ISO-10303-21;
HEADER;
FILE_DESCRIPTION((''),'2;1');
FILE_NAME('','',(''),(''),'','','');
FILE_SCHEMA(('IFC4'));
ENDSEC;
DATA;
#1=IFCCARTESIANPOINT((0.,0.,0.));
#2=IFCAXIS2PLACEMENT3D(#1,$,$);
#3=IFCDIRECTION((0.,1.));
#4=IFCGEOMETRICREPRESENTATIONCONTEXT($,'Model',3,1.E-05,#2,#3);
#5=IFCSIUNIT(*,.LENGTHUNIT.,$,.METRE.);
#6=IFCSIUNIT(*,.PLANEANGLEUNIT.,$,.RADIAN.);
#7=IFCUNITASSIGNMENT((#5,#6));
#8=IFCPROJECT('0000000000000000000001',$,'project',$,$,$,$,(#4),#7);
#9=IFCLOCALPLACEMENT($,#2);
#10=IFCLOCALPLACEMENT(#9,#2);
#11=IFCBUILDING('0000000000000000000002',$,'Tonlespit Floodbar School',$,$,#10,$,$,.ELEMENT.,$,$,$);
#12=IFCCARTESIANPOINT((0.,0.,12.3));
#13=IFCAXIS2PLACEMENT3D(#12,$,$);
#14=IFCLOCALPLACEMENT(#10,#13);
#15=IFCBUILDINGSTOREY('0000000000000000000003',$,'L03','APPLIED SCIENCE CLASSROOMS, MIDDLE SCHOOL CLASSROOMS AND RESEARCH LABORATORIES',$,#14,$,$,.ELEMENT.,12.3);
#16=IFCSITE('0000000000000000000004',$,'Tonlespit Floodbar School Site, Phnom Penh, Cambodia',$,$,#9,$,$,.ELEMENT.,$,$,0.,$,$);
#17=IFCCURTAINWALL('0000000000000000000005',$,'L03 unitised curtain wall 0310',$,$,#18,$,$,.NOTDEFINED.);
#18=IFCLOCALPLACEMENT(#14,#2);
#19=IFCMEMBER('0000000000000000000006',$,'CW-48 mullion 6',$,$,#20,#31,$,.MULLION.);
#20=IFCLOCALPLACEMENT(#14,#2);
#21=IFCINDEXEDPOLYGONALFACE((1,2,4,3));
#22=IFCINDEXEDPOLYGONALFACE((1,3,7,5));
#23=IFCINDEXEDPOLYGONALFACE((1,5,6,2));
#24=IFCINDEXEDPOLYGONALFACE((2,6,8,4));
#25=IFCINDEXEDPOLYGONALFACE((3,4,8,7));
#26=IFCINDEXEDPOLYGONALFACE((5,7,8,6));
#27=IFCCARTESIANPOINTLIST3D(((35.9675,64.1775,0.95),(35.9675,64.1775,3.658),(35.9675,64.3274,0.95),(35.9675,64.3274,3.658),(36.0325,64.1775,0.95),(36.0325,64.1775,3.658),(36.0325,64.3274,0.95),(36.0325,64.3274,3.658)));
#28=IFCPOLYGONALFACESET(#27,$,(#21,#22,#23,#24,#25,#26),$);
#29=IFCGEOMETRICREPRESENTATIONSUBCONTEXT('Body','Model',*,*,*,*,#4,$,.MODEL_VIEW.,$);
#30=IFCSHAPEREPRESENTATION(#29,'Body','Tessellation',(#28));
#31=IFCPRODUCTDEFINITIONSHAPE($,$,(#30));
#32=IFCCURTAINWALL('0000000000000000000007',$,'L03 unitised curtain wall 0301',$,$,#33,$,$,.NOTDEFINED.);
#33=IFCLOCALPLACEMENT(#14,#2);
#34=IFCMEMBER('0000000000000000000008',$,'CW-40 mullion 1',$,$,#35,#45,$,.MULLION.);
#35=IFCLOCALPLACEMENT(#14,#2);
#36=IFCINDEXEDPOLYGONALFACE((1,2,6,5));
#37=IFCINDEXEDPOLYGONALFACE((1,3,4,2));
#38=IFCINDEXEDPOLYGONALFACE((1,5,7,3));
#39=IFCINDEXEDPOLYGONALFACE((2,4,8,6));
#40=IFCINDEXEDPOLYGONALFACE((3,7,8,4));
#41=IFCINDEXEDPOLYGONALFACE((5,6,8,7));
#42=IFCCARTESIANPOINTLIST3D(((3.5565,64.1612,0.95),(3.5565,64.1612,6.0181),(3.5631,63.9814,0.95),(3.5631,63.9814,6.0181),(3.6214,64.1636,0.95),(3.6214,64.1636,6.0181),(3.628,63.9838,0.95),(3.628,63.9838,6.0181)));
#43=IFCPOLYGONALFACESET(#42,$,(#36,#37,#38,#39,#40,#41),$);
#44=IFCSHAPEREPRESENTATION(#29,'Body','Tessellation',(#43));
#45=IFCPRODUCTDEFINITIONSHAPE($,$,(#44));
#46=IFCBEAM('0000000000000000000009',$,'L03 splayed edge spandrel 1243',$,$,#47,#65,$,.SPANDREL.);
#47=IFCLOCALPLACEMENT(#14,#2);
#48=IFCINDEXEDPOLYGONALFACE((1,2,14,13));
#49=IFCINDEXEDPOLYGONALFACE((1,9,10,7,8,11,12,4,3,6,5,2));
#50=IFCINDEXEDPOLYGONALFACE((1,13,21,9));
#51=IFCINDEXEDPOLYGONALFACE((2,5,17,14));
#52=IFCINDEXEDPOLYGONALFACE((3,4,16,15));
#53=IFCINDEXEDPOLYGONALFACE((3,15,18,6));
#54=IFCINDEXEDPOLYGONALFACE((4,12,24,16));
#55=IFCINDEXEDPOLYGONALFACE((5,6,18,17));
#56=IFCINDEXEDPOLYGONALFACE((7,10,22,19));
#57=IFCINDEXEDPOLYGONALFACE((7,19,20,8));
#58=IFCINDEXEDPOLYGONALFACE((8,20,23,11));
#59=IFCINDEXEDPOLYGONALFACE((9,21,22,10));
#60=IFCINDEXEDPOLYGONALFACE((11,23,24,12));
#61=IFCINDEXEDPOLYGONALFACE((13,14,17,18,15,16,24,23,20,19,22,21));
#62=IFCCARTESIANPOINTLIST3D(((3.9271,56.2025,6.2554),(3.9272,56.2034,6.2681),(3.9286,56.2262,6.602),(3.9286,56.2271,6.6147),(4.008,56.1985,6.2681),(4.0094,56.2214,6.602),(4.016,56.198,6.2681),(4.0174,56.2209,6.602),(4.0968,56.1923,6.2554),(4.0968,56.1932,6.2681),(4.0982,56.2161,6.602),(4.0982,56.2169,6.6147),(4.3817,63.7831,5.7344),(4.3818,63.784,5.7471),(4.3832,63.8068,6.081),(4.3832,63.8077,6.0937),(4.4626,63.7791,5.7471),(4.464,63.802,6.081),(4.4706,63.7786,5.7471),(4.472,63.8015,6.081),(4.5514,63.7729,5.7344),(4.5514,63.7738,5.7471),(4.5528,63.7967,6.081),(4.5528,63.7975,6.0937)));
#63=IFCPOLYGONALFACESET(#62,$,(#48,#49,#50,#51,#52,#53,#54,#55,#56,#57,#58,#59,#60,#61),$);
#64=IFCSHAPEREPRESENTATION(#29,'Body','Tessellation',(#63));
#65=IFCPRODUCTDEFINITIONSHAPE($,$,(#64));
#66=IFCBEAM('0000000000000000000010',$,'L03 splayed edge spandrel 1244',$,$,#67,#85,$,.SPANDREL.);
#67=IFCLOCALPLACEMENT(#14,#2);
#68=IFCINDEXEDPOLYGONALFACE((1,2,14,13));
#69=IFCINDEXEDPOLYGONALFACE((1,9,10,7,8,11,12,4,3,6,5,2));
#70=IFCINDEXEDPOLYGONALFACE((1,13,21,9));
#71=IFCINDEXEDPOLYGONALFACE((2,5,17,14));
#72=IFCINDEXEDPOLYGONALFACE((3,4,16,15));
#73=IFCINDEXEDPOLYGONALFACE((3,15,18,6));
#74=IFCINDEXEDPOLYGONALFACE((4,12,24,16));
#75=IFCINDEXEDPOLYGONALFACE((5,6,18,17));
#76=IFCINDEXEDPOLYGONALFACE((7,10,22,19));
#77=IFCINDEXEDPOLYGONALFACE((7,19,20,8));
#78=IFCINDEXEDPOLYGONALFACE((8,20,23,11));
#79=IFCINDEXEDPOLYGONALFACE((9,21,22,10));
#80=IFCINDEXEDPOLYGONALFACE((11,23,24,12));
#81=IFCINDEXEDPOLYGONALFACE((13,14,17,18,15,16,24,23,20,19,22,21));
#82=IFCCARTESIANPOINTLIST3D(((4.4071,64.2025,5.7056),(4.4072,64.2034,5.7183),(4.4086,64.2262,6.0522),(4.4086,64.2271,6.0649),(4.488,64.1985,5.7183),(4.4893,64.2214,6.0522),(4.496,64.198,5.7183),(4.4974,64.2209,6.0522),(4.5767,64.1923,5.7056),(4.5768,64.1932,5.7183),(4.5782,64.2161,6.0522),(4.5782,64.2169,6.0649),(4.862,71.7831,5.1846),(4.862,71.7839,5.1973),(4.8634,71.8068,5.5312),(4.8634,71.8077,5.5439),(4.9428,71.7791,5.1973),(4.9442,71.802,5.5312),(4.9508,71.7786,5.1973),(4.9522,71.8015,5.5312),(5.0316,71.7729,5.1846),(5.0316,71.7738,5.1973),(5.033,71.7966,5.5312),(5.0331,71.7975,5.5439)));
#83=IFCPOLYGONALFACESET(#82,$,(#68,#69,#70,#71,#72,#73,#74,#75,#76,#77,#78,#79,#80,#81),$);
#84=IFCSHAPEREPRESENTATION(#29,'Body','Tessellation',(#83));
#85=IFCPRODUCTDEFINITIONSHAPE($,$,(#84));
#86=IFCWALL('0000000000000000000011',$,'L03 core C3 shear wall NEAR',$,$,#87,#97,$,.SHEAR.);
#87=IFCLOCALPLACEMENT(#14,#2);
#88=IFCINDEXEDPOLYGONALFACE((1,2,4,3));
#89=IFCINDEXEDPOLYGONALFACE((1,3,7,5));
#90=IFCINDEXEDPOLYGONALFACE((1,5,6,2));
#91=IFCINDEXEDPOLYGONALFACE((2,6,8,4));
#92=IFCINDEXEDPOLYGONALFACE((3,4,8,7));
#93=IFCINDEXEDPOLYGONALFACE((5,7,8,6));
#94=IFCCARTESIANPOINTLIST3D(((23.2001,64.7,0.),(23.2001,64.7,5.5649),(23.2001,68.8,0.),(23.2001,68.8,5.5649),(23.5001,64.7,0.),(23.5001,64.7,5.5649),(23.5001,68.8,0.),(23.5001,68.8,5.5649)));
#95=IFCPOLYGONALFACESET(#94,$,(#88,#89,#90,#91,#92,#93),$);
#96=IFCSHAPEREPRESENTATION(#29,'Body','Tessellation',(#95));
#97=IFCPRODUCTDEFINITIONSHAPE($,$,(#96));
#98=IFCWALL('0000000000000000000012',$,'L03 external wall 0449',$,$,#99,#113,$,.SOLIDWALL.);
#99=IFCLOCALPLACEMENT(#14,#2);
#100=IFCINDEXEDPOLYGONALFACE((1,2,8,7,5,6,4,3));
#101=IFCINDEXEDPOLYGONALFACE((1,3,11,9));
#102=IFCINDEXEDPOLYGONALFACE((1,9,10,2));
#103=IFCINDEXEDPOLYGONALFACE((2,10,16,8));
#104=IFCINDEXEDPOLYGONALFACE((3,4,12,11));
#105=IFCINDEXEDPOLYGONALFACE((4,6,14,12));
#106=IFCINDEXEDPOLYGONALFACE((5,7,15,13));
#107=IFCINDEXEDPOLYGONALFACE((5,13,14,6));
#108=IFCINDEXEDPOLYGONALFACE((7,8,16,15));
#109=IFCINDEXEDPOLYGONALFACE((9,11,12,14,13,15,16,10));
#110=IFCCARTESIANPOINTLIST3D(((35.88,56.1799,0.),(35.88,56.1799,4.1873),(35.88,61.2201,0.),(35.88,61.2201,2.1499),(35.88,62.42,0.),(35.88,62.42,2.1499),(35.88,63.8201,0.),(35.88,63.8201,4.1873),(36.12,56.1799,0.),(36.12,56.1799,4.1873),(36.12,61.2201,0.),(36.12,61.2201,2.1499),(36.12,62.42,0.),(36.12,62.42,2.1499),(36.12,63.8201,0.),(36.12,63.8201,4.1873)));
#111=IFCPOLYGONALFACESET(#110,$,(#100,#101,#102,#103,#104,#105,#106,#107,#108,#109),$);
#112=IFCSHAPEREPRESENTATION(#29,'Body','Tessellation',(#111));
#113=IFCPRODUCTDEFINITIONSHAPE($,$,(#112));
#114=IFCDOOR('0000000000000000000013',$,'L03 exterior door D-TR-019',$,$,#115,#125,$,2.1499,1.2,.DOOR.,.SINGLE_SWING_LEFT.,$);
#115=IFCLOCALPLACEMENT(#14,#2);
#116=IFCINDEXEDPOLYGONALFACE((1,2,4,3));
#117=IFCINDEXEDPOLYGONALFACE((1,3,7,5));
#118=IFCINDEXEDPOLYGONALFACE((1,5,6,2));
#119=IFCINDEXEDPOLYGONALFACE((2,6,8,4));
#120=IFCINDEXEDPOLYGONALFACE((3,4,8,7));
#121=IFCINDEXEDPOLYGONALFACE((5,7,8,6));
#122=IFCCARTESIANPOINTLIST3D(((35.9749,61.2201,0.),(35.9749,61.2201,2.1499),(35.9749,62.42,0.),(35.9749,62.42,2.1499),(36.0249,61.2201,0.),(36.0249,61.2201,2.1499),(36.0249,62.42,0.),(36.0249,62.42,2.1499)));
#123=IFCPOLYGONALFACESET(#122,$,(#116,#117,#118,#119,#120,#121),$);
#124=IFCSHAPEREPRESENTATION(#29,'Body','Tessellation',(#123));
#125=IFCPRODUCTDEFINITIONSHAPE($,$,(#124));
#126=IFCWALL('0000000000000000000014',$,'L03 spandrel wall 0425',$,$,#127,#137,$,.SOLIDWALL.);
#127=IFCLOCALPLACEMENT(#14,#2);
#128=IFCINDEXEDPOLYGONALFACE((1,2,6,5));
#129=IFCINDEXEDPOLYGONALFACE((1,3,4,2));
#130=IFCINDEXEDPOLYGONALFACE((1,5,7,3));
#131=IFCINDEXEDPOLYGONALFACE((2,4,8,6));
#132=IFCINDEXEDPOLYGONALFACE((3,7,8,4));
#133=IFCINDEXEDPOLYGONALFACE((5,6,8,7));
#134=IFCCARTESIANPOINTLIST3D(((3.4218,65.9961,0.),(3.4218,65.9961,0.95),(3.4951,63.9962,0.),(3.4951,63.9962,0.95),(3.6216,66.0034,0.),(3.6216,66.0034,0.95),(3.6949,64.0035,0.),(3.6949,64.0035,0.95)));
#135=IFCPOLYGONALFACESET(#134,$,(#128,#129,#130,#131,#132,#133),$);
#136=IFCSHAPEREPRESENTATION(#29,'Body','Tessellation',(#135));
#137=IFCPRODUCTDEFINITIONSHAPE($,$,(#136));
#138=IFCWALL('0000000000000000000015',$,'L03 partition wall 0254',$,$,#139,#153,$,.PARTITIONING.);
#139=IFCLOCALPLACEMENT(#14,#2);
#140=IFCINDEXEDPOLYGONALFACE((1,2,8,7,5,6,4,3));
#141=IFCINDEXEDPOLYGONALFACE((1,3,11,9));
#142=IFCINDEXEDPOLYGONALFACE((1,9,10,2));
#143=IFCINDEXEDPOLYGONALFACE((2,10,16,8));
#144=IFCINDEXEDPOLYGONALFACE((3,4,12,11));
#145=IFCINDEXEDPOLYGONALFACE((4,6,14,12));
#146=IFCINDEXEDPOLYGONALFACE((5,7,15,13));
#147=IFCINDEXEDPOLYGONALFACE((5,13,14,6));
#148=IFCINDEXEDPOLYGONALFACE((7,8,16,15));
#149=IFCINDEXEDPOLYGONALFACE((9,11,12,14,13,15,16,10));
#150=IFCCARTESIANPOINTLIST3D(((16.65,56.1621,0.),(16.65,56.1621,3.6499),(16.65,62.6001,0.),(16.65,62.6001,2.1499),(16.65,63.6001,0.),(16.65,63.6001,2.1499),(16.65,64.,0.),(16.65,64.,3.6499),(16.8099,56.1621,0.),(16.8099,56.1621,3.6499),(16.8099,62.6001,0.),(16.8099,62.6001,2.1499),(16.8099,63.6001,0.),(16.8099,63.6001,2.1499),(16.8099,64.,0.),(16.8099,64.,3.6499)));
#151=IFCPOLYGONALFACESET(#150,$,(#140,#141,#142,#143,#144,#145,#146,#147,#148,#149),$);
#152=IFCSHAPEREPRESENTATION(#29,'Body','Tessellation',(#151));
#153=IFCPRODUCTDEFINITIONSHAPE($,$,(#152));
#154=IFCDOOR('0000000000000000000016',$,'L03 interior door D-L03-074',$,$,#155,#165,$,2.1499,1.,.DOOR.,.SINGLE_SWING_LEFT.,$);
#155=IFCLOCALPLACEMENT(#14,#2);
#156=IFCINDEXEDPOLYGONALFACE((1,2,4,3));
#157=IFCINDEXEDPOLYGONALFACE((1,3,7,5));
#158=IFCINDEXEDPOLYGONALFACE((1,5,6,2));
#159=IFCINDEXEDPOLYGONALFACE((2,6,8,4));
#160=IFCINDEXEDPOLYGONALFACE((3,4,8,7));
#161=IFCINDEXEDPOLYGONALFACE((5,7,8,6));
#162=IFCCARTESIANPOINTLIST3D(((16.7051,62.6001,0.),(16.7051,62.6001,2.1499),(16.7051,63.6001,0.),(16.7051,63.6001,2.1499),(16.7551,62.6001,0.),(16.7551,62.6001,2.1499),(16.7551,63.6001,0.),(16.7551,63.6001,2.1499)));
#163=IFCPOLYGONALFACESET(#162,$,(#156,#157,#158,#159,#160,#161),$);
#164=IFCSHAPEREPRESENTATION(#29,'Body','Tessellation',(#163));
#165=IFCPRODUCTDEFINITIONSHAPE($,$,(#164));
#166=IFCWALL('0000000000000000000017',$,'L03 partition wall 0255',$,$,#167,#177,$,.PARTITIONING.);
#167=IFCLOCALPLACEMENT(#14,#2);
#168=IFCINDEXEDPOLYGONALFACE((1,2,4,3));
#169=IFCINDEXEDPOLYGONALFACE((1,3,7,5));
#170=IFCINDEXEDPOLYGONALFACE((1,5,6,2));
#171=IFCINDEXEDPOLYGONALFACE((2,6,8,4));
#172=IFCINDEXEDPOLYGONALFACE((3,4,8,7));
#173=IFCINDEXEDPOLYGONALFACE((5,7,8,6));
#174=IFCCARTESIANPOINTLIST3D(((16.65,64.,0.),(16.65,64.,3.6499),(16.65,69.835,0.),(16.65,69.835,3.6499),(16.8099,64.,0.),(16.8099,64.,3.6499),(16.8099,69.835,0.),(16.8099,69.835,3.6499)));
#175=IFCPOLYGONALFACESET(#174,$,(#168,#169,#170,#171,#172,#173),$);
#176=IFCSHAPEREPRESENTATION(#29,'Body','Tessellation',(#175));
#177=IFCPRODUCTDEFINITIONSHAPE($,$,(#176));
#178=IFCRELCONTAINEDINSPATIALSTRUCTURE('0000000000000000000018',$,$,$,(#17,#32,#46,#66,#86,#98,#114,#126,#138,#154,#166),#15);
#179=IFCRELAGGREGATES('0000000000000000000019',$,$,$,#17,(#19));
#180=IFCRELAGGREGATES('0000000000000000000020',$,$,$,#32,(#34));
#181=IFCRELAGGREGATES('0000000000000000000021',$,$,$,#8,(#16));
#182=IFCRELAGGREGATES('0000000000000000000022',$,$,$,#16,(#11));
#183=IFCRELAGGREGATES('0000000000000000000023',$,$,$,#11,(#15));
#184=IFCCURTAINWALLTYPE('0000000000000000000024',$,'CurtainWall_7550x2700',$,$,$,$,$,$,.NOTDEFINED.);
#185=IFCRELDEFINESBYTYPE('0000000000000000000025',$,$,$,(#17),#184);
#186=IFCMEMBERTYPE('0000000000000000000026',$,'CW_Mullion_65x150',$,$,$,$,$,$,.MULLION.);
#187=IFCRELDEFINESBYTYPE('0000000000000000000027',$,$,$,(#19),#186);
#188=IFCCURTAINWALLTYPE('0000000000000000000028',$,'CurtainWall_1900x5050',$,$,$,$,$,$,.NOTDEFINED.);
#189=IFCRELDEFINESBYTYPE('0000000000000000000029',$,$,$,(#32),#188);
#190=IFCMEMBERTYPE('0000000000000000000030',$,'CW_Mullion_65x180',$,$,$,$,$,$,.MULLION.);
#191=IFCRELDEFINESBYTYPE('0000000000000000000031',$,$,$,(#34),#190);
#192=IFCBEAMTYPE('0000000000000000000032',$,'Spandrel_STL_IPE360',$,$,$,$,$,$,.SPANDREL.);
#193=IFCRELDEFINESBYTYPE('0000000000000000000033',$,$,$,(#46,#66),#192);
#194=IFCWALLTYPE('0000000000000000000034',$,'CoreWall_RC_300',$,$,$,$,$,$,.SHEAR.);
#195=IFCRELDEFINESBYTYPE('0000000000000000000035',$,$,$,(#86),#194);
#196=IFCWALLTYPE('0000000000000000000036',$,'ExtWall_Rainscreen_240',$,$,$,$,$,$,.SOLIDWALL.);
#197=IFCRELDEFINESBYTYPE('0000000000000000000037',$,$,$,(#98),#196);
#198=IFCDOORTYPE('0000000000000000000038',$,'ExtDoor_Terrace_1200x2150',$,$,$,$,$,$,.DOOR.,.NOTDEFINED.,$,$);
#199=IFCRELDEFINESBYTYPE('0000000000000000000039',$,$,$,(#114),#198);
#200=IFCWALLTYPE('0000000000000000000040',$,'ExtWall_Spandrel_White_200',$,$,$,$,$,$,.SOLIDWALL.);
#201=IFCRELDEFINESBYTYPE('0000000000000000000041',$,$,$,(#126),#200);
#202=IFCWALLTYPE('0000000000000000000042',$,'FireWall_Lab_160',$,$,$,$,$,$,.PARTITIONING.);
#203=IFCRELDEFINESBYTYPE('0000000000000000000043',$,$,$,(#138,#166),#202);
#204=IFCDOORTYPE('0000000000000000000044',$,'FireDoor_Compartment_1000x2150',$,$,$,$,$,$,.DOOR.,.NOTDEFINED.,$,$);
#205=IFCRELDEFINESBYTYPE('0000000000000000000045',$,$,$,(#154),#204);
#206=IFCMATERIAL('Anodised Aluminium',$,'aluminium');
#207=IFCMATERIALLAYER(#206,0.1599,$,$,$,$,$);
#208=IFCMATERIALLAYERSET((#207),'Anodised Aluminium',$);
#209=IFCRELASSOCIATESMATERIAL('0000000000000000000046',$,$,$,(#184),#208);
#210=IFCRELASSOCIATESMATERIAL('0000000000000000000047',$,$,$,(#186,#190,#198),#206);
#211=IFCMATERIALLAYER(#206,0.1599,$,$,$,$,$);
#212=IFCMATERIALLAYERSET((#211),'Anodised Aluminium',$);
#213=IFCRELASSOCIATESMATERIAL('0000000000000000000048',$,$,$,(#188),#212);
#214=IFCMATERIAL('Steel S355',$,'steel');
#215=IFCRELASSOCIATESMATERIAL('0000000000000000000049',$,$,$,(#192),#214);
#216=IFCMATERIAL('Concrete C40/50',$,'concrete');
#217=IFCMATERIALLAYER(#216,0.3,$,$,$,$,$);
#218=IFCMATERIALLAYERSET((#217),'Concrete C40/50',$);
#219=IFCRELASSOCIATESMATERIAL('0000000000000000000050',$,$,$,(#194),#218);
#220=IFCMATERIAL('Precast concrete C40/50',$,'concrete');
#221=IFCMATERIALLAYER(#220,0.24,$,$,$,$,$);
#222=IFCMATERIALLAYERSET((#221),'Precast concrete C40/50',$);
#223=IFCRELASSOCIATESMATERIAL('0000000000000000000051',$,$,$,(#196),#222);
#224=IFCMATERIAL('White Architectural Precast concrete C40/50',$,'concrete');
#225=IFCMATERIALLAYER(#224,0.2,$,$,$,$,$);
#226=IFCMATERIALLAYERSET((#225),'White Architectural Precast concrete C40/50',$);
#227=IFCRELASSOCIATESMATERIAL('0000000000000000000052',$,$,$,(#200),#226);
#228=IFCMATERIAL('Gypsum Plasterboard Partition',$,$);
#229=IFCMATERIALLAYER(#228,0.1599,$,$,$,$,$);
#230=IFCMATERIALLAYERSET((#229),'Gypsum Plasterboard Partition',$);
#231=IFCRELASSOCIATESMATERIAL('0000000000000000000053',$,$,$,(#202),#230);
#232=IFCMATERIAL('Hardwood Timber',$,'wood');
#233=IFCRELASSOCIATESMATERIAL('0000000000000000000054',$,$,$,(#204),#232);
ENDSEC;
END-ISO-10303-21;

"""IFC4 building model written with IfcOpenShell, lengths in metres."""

from ifc_helpers import new_model, si_unit, direction, frame, frame_2d, origin, origin_2d, place, context, subcontext, project, spatial, rectangle, i_section, extrude, material, layer, layer_set, material_profile, profile_set, type_object, element, fill, aggregate, save


model = new_model("IFC4")

# Units and contexts
model_context = context("Model", 3, precision=1e-05, world=origin(), true_north=direction((0.0, 1.0)))
body_context = subcontext(model_context, "Body", "Model", "MODEL_VIEW")
ifc_project = project(units=[si_unit("LENGTHUNIT", "METRE"), si_unit("PLANEANGLEUNIT", "RADIAN")], contexts=[model_context])

# Site, building, storey
site_placement = place(None, origin())
site = spatial("IfcSite", under=ifc_project, at=site_placement, Name="Tonlespit Floodbar School Site, Phnom Penh, Cambodia", CompositionType="ELEMENT", RefElevation=0.0)
building_placement = place(site_placement, origin())
building = spatial("IfcBuilding", under=site, at=building_placement, Name="Tonlespit Floodbar School", CompositionType="ELEMENT")
storey_placement = place(building_placement, frame((0.0, 0.0, 12.3)))
storey = spatial("IfcBuildingStorey", under=building, at=storey_placement, Name="L03", Description="APPLIED SCIENCE CLASSROOMS, MIDDLE SCHOOL CLASSROOMS AND RESEARCH LABORATORIES", CompositionType="ELEMENT", Elevation=12.3)

# Curtain walls, members
ifc_material_1 = material(Name="Anodised Aluminium", Category="aluminium")
ifc_layer_1 = layer(ifc_material_1, 0.1599)
ifc_layer_set_1 = layer_set([ifc_layer_1], Name="Anodised Aluminium")
curtain_wall_type_1 = type_object("IfcCurtainWallType", Name="CurtainWall_7550x2700", PredefinedType="NOTDEFINED", material=ifc_layer_set_1)
curtain_wall_1_placement = place(storey_placement, origin())
curtain_wall_1 = element("IfcCurtainWall", 1, at=curtain_wall_1_placement, inside=storey, type_object=curtain_wall_type_1, Name="L03 unitised curtain wall 0310", PredefinedType="NOTDEFINED")
ifc_material_profile_1 = material_profile(ifc_material_1, rectangle(XDim=0.0649, YDim=0.1499, at=origin_2d()), Name="ALU M65x150")
ifc_profile_set_1 = profile_set([ifc_material_profile_1], Name="Anodised Aluminium")
member_type_1 = type_object("IfcMemberType", Name="CW_Mullion_65x150", PredefinedType="MULLION", material=ifc_profile_set_1)
member_1_placement = place(storey_placement, frame((36.0, 64.2524, 0.95), z_axis=(0.0, 0.0, 1.0), x_axis=(1.0, 0.0, 0.0)))
member_1 = element("IfcMember", 2, at=member_1_placement, type_object=member_type_1, Name="CW-48 mullion 6", PredefinedType="MULLION", context=body_context, shape_type="SweptSolid", body=[
    extrude(rectangle(XDim=0.0649, YDim=0.1499, at=origin_2d()), origin(), (0.0, 0.0, 1.0), 2.708),
])
aggregate(curtain_wall_1, [member_1])
ifc_layer_2 = layer(ifc_material_1, 0.1599)
ifc_layer_set_2 = layer_set([ifc_layer_2], Name="Anodised Aluminium")
curtain_wall_type_2 = type_object("IfcCurtainWallType", Name="CurtainWall_1900x5050", PredefinedType="NOTDEFINED", material=ifc_layer_set_2)
curtain_wall_2_placement = place(storey_placement, origin())
curtain_wall_2 = element("IfcCurtainWall", 3, at=curtain_wall_2_placement, inside=storey, type_object=curtain_wall_type_2, Name="L03 unitised curtain wall 0301", PredefinedType="NOTDEFINED")
ifc_material_profile_2 = material_profile(ifc_material_1, rectangle(XDim=0.0649, YDim=0.1799, at=origin_2d()), Name="ALU M65x180")
ifc_profile_set_2 = profile_set([ifc_material_profile_2], Name="Anodised Aluminium")
member_type_2 = type_object("IfcMemberType", Name="CW_Mullion_65x180", PredefinedType="MULLION", material=ifc_profile_set_2)
member_2_placement = place(storey_placement, frame((3.5923, 64.0725, 0.95), z_axis=(0.0, 0.0, 1.0), x_axis=(-0.999332, -0.036538, 0.0)))
member_2 = element("IfcMember", 4, at=member_2_placement, type_object=member_type_2, Name="CW-40 mullion 1", PredefinedType="MULLION", context=body_context, shape_type="SweptSolid", body=[
    extrude(rectangle(XDim=0.0649, YDim=0.1799, at=origin_2d()), origin(), (0.0, 0.0, 1.0), 5.0681),
])
aggregate(curtain_wall_2, [member_2])

# Beams
ifc_material_2 = material(Name="Steel S355", Category="steel")
ifc_material_profile_3 = material_profile(ifc_material_2, i_section(OverallWidth=0.1699, OverallDepth=0.3601, WebThickness=0.0081, FlangeThickness=0.0127, at=origin_2d()), Name="IPE 360")
ifc_profile_set_3 = profile_set([ifc_material_profile_3], Name="Steel S355")
beam_type_1 = type_object("IfcBeamType", Name="Spandrel_STL_IPE360", PredefinedType="SPANDREL", material=ifc_profile_set_3)
for number, where, z_axis, x_axis, name in (
    (5, (4.0127, 56.2097, 6.4351), (0.05972, 0.995866, -0.068444), (-0.998207, 0.05986, 0.0), "L03 splayed edge spandrel 1243"),
    (6, (4.4927, 64.2097, 5.8853), (0.059752, 0.995864, -0.068444), (-0.998205, 0.059892, 0.0), "L03 splayed edge spandrel 1244"),
):
    element("IfcBeam", number, at=place(storey_placement, frame(where, z_axis=z_axis, x_axis=x_axis)), inside=storey, type_object=beam_type_1, Name=name, PredefinedType="SPANDREL", context=body_context, shape_type="SweptSolid", body=[
        extrude(i_section(OverallWidth=0.1699, OverallDepth=0.3601, WebThickness=0.0081, FlangeThickness=0.0127, at=origin_2d()), origin(), (0.0, 0.0, 1.0), 7.6121),
    ])

# Wall
ifc_material_3 = material(Name="Concrete C40/50", Category="concrete")
ifc_layer_3 = layer(ifc_material_3, 0.3)
ifc_layer_set_3 = layer_set([ifc_layer_3], Name="Concrete C40/50")
wall_type_1 = type_object("IfcWallType", Name="CoreWall_RC_300", PredefinedType="SHEAR", material=ifc_layer_set_3)
wall_1_placement = place(storey_placement, frame((23.3501, 64.7, 0.0), z_axis=(0.0, 0.0, 1.0), x_axis=(0.0, 1.0, 0.0)))
element("IfcWall", 7, at=wall_1_placement, inside=storey, type_object=wall_type_1, Name="L03 core C3 shear wall NEAR", PredefinedType="SHEAR", context=body_context, shape_type="SweptSolid", body=[
    extrude(rectangle(XDim=4.1001, YDim=0.3, at=frame_2d((2.05, 0.0))), origin(), (0.0, 0.0, 1.0), 5.5649),
])

# Wall, opening, door
ifc_material_4 = material(Name="Precast concrete C40/50", Category="concrete")
ifc_layer_4 = layer(ifc_material_4, 0.24)
ifc_layer_set_4 = layer_set([ifc_layer_4], Name="Precast concrete C40/50")
wall_type_2 = type_object("IfcWallType", Name="ExtWall_Rainscreen_240", PredefinedType="SOLIDWALL", material=ifc_layer_set_4)
wall_2_placement = place(storey_placement, frame((36.0, 63.8201, 0.0), z_axis=(0.0, 0.0, 1.0), x_axis=(0.0, -1.0, 0.0)))
wall_2 = element("IfcWall", 8, at=wall_2_placement, inside=storey, type_object=wall_type_2, Name="L03 external wall 0449", PredefinedType="SOLIDWALL", context=body_context, shape_type="SweptSolid", body=[
    extrude(rectangle(XDim=7.6401, YDim=0.24, at=frame_2d((3.8201, 0.0))), origin(), (0.0, 0.0, 1.0), 4.1873),
])
opening_1_placement = place(wall_2_placement, frame((1.3999, 0.0, 0.0)))
opening_1 = element("IfcOpeningElement", 9, at=opening_1_placement, cuts=wall_2, PredefinedType="OPENING", context=body_context, shape_type="SweptSolid", body=[
    extrude(rectangle(XDim=1.2, YDim=2.1499, at=frame_2d((0.6001, 1.075))), frame((0.0, 0.1299, 0.0), z_axis=(0.0, -1.0, 0.0), x_axis=(1.0, 0.0, 0.0)), (0.0, 0.0, 1.0), 0.26),
])
door_type_1 = type_object("IfcDoorType", Name="ExtDoor_Terrace_1200x2150", OperationType="NOTDEFINED", PredefinedType="DOOR", material=ifc_material_1)
door_1_placement = place(opening_1_placement, origin())
door_1 = element("IfcDoor", 10, at=door_1_placement, inside=storey, type_object=door_type_1, Name="L03 exterior door D-TR-019", OperationType="SINGLE_SWING_LEFT", OverallHeight=2.1499, OverallWidth=1.2, PredefinedType="DOOR", context=body_context, shape_type="SweptSolid", body=[
    extrude(rectangle(XDim=1.2, YDim=2.1499, at=frame_2d((0.6001, 1.075))), frame((0.0, 0.0249, 0.0), z_axis=(0.0, -1.0, 0.0), x_axis=(1.0, 0.0, 0.0)), (0.0, 0.0, 1.0), 0.05),
])
fill(opening_1, door_1)

# Wall
ifc_material_5 = material(Name="White Architectural Precast concrete C40/50", Category="concrete")
ifc_layer_5 = layer(ifc_material_5, 0.2)
ifc_layer_set_5 = layer_set([ifc_layer_5], Name="White Architectural Precast concrete C40/50")
wall_type_3 = type_object("IfcWallType", Name="ExtWall_Spandrel_White_200", PredefinedType="SOLIDWALL", material=ifc_layer_set_5)
wall_3_placement = place(storey_placement, frame((3.595, 64.0, 0.0), z_axis=(0.0, 0.0, 1.0), x_axis=(-0.036597, 0.99933, 0.0)))
element("IfcWall", 11, at=wall_3_placement, inside=storey, type_object=wall_type_3, Name="L03 spandrel wall 0425", PredefinedType="SOLIDWALL", context=body_context, shape_type="SweptSolid", body=[
    extrude(rectangle(XDim=2.0012, YDim=0.2, at=frame_2d((1.0005, 0.0))), origin(), (0.0, 0.0, 1.0), 0.95),
])

# Wall, opening, door
ifc_material_6 = material(Name="Gypsum Plasterboard Partition")
ifc_layer_6 = layer(ifc_material_6, 0.1599)
ifc_layer_set_6 = layer_set([ifc_layer_6], Name="Gypsum Plasterboard Partition")
wall_type_4 = type_object("IfcWallType", Name="FireWall_Lab_160", PredefinedType="PARTITIONING", material=ifc_layer_set_6)
wall_4_placement = place(storey_placement, frame((16.73, 56.1621, 0.0), z_axis=(0.0, 0.0, 1.0), x_axis=(0.0, 1.0, 0.0)))
wall_4 = element("IfcWall", 12, at=wall_4_placement, inside=storey, type_object=wall_type_4, Name="L03 partition wall 0254", PredefinedType="PARTITIONING", context=body_context, shape_type="SweptSolid", body=[
    extrude(rectangle(XDim=7.8379, YDim=0.1599, at=frame_2d((3.9189, 0.0))), origin(), (0.0, 0.0, 1.0), 3.6499),
])
opening_2_placement = place(wall_4_placement, frame((6.438, 0.0, 0.0)))
opening_2 = element("IfcOpeningElement", 13, at=opening_2_placement, cuts=wall_4, PredefinedType="OPENING", context=body_context, shape_type="SweptSolid", body=[
    extrude(rectangle(XDim=1.0, YDim=2.1499, at=frame_2d((0.5, 1.075))), frame((0.0, 0.0898, 0.0), z_axis=(0.0, -1.0, 0.0), x_axis=(1.0, 0.0, 0.0)), (0.0, 0.0, 1.0), 0.1799),
])
ifc_material_7 = material(Name="Hardwood Timber", Category="wood")
door_type_2 = type_object("IfcDoorType", Name="FireDoor_Compartment_1000x2150", OperationType="NOTDEFINED", PredefinedType="DOOR", material=ifc_material_7)
door_2_placement = place(opening_2_placement, origin())
door_2 = element("IfcDoor", 14, at=door_2_placement, inside=storey, type_object=door_type_2, Name="L03 interior door D-L03-074", OperationType="SINGLE_SWING_LEFT", OverallHeight=2.1499, OverallWidth=1.0, PredefinedType="DOOR", context=body_context, shape_type="SweptSolid", body=[
    extrude(rectangle(XDim=1.0, YDim=2.1499, at=frame_2d((0.5, 1.075))), frame((0.0, 0.0249, 0.0), z_axis=(0.0, -1.0, 0.0), x_axis=(1.0, 0.0, 0.0)), (0.0, 0.0, 1.0), 0.05),
])
fill(opening_2, door_2)

# Wall
wall_5_placement = place(storey_placement, frame((16.73, 64.0, 0.0), z_axis=(0.0, 0.0, 1.0), x_axis=(0.0, 1.0, 0.0)))
element("IfcWall", 15, at=wall_5_placement, inside=storey, type_object=wall_type_4, Name="L03 partition wall 0255", PredefinedType="PARTITIONING", context=body_context, shape_type="SweptSolid", body=[
    extrude(rectangle(XDim=5.835, YDim=0.1599, at=frame_2d((2.9175, 0.0))), origin(), (0.0, 0.0, 1.0), 3.6499),
])

save(model, "model.ifc")
